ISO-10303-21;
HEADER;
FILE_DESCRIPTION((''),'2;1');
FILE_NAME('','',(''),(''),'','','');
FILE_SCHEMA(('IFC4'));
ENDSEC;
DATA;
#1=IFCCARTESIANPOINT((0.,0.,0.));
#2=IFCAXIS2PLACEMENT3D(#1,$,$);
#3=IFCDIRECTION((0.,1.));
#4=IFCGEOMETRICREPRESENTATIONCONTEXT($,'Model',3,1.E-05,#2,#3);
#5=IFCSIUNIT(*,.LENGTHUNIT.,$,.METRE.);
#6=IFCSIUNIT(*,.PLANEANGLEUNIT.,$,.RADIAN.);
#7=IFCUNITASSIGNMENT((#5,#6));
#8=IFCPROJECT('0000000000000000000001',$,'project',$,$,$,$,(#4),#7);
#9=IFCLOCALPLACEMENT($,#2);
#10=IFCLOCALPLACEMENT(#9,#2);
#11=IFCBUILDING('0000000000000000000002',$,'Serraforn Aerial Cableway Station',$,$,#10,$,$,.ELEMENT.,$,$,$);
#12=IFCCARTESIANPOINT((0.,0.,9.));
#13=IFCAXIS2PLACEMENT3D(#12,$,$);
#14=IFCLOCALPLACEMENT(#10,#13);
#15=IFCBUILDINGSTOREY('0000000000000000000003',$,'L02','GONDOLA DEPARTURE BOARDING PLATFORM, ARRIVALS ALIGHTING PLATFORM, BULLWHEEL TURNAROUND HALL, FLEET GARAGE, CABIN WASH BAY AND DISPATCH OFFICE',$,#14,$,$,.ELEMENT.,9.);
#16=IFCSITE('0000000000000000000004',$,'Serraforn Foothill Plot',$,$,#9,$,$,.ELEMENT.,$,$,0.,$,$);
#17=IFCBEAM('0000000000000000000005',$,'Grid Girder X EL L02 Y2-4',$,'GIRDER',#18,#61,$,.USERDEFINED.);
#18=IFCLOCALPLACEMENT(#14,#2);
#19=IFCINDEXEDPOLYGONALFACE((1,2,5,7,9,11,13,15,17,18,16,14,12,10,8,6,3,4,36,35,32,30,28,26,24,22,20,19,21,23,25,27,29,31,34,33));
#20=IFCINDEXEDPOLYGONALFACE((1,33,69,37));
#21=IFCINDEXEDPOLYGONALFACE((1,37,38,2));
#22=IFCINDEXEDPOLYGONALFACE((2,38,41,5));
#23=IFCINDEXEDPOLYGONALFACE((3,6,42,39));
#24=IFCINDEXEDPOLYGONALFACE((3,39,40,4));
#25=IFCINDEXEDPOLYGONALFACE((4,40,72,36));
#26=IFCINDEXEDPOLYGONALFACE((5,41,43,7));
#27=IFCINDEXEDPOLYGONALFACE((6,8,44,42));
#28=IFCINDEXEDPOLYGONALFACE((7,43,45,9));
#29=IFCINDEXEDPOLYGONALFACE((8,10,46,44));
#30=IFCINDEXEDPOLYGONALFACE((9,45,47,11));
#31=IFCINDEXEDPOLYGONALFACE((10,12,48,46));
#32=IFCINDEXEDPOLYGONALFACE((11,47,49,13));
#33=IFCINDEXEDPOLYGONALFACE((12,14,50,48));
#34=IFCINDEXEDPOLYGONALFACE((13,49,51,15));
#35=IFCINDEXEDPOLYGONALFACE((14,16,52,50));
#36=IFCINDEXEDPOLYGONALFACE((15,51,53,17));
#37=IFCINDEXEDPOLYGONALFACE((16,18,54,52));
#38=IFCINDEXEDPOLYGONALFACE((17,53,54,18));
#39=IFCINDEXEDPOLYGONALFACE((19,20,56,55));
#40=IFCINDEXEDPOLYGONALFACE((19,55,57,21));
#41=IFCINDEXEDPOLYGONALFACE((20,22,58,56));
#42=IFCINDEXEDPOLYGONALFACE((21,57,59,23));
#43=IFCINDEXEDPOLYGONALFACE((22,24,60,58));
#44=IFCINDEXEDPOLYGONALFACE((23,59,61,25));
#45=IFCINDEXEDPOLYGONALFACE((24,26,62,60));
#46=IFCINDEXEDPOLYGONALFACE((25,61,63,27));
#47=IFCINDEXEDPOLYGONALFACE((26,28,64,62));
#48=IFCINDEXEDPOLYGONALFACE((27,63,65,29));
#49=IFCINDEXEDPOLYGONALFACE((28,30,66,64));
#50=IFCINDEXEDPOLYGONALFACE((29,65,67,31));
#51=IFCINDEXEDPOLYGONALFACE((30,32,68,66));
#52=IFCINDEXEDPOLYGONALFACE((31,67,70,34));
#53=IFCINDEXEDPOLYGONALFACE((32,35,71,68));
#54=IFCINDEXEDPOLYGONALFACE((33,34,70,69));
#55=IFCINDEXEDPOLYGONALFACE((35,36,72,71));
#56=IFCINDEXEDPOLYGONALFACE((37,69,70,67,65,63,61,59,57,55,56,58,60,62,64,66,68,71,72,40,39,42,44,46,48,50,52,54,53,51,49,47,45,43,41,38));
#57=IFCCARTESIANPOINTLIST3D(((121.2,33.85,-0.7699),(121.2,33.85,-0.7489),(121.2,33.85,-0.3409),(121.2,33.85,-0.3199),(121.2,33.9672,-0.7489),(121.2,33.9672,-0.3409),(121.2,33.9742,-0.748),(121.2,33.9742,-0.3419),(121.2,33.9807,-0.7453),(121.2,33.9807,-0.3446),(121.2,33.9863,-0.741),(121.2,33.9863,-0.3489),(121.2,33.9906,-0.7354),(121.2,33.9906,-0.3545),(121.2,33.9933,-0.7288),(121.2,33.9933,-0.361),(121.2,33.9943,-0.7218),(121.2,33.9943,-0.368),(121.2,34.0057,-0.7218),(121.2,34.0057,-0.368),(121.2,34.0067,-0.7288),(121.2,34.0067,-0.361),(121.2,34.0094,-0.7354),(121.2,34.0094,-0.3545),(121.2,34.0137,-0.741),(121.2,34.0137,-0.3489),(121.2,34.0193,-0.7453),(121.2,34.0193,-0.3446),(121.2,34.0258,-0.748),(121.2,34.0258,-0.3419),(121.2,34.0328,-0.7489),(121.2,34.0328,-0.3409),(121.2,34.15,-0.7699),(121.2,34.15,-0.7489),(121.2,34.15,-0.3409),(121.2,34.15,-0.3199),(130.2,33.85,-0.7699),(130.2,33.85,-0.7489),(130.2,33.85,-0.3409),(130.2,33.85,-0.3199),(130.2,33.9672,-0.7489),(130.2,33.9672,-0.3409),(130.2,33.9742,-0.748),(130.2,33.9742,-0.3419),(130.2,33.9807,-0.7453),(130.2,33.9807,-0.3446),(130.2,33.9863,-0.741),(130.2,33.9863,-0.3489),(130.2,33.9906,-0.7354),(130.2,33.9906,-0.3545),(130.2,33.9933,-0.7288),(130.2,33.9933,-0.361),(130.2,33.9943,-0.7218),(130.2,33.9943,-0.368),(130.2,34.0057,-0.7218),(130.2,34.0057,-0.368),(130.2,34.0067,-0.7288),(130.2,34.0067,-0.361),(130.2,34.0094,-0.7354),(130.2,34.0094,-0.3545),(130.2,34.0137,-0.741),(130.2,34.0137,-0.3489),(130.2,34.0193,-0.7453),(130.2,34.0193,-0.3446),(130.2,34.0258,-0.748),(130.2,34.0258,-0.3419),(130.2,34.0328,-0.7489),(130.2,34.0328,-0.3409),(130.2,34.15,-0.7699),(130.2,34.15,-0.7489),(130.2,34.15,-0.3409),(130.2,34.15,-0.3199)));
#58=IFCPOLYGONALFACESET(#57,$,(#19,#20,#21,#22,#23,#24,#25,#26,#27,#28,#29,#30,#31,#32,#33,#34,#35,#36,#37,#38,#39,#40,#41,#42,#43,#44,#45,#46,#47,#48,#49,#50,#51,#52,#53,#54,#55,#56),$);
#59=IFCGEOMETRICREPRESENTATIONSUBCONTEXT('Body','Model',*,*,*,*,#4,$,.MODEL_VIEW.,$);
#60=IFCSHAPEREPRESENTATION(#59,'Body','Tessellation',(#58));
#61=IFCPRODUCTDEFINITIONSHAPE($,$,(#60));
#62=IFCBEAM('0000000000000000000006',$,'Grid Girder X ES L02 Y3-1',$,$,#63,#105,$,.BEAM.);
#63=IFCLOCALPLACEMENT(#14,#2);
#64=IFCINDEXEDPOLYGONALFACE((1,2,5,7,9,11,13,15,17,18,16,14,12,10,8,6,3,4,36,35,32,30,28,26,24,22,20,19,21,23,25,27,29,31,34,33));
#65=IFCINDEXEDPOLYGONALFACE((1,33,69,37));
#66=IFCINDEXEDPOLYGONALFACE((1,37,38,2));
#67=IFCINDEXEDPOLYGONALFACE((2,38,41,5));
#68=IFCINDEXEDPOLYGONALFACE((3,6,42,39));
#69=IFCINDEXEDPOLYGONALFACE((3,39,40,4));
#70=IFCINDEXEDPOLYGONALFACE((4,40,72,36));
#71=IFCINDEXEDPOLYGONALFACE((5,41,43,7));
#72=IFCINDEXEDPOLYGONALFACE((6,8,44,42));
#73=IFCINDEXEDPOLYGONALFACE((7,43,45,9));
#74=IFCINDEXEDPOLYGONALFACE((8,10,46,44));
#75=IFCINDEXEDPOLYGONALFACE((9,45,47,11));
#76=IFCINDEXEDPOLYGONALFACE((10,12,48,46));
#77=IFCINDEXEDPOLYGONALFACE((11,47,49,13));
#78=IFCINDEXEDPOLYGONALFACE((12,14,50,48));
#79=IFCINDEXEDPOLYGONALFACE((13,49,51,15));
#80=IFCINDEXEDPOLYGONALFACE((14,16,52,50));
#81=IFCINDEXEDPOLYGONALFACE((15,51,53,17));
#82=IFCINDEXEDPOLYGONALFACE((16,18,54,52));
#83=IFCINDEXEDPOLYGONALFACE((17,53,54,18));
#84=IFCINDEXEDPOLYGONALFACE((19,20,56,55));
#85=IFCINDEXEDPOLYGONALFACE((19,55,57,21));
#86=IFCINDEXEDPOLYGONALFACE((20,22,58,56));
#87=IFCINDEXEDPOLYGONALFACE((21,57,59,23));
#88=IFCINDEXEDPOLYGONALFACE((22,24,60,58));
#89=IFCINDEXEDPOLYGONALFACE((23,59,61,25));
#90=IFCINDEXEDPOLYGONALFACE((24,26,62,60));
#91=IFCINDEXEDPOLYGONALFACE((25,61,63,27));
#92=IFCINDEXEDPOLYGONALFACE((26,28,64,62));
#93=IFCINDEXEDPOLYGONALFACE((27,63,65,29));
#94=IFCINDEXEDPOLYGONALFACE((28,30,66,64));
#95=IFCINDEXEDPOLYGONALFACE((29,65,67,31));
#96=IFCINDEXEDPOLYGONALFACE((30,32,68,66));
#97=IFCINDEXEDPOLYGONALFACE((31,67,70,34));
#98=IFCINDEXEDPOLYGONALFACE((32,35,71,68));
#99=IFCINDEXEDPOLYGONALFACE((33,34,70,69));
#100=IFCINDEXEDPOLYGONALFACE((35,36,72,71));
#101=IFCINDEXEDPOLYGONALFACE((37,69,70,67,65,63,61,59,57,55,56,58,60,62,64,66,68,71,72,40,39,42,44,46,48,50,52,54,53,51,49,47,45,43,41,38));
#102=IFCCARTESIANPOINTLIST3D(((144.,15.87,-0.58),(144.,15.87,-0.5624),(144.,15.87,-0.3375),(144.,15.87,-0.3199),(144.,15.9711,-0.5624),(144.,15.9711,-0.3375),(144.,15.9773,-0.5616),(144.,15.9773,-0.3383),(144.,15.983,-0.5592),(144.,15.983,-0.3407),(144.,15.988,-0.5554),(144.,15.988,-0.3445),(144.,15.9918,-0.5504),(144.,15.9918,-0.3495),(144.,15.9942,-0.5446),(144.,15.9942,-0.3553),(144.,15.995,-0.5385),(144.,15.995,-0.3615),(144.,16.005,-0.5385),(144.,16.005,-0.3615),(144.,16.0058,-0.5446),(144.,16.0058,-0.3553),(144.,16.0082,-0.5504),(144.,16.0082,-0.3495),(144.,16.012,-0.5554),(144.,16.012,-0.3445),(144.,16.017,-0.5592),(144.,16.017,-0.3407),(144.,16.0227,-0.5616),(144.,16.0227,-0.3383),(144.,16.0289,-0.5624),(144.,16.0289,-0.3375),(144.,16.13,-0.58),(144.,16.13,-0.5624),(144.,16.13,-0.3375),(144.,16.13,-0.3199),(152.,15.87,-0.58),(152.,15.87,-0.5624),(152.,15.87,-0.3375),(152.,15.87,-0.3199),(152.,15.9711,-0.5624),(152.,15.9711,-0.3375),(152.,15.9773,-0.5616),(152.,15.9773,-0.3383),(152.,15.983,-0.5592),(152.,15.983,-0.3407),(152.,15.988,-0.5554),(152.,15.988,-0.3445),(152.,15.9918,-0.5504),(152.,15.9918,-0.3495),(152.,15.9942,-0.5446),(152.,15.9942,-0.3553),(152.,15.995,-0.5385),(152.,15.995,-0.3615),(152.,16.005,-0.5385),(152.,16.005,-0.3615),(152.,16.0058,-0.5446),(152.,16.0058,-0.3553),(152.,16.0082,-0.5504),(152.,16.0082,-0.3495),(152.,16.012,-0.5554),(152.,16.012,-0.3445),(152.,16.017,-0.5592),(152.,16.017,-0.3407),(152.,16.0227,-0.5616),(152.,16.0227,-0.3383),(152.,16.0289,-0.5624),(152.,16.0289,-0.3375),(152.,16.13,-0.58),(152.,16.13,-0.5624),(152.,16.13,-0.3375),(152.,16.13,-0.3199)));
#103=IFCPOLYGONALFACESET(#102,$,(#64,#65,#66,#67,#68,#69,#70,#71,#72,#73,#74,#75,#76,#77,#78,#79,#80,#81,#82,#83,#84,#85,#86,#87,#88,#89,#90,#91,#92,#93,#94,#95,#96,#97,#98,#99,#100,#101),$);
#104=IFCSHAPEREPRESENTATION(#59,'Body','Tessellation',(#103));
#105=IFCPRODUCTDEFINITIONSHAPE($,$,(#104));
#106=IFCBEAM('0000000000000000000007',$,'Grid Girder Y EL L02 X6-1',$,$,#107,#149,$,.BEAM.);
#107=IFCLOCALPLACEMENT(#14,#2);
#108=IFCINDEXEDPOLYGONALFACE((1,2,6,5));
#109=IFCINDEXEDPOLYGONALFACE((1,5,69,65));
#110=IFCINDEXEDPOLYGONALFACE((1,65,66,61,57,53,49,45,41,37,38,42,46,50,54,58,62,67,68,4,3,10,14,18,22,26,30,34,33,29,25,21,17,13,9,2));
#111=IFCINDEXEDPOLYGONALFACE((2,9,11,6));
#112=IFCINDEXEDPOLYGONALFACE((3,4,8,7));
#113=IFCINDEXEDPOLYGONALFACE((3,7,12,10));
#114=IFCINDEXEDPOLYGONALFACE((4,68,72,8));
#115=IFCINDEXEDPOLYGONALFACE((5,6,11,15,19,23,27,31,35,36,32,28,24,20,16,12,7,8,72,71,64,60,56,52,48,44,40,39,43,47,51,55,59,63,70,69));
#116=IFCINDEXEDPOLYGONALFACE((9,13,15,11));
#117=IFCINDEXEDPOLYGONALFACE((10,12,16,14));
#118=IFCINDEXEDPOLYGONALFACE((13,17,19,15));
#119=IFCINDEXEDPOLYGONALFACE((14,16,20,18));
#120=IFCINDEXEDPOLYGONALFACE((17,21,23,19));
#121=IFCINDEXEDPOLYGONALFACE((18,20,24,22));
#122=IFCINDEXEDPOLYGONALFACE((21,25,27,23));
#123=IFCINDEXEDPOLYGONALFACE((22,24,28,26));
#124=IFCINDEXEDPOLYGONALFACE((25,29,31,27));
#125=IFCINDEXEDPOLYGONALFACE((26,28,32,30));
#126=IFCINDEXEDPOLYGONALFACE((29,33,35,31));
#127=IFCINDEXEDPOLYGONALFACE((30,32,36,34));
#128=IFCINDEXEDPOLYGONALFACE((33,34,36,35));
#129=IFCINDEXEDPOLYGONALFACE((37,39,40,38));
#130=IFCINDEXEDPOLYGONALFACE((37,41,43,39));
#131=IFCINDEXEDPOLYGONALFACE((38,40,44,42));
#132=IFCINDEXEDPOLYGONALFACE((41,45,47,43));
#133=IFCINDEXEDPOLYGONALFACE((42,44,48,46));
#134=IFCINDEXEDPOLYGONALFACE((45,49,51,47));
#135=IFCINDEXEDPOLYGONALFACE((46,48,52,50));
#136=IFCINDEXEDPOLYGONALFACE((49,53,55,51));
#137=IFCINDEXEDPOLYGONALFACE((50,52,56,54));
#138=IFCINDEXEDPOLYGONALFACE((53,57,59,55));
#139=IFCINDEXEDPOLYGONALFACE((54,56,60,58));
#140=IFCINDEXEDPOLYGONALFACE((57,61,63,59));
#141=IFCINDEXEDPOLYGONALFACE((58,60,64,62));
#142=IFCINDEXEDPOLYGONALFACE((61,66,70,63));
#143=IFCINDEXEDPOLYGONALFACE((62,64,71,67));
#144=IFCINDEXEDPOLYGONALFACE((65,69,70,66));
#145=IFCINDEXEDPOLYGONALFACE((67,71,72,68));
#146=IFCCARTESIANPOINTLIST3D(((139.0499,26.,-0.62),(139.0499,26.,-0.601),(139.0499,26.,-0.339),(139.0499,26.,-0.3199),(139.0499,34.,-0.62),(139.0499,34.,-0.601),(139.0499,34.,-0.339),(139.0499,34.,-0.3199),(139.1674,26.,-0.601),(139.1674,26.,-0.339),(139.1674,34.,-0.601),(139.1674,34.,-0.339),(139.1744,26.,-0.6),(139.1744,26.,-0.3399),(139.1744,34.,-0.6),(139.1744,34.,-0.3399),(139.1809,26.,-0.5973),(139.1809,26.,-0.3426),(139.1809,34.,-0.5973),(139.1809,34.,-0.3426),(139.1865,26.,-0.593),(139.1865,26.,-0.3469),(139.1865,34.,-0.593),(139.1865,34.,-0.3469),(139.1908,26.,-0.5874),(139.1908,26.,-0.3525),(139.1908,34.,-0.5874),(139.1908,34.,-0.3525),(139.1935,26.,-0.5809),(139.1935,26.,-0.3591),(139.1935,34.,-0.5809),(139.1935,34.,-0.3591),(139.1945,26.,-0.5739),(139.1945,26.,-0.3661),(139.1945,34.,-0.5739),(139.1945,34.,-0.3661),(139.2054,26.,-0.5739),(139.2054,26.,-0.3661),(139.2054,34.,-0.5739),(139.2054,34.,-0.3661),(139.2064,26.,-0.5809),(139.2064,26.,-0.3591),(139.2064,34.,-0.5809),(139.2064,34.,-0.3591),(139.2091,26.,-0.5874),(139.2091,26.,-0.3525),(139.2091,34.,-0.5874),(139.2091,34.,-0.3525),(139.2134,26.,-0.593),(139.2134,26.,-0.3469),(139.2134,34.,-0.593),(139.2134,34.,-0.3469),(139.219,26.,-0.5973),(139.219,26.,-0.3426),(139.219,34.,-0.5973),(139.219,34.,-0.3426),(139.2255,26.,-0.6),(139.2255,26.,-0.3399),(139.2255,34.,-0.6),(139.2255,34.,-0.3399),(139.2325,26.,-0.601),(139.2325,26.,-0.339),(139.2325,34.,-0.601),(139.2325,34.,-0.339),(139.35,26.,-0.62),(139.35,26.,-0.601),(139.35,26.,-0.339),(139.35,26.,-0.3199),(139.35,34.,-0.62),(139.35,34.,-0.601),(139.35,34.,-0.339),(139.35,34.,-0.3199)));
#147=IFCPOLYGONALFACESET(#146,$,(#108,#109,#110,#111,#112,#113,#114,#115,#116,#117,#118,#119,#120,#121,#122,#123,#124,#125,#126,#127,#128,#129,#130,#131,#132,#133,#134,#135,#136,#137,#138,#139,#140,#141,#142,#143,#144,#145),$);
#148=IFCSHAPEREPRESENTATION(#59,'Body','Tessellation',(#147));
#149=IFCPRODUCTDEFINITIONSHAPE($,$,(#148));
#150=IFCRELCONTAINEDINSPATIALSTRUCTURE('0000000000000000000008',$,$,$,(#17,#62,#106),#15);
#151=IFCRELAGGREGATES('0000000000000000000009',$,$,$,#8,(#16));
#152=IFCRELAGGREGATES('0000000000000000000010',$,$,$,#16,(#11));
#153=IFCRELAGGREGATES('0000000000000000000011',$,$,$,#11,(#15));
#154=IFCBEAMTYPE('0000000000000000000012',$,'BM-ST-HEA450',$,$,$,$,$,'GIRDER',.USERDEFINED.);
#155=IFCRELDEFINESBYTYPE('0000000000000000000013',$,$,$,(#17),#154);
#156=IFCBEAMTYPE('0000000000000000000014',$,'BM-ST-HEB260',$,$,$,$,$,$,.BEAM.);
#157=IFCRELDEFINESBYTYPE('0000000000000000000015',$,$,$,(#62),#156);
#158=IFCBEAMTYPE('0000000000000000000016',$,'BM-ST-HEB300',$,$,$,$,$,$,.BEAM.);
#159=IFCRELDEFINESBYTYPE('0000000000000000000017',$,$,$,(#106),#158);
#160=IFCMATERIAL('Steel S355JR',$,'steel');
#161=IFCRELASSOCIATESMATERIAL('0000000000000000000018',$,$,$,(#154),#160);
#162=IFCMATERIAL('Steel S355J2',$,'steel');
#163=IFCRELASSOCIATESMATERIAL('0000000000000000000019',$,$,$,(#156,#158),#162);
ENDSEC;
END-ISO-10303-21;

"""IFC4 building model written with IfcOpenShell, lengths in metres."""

from ifc_helpers import new_model, si_unit, direction, frame, origin, origin_2d, place, context, subcontext, project, spatial, i_section, extrude, material, material_profile, profile_set, type_object, element, save


model = new_model("IFC4")

# Units and contexts
model_context = context("Model", 3, precision=1e-05, world=origin(), true_north=direction((0.0, 1.0)))
body_context = subcontext(model_context, "Body", "Model", "MODEL_VIEW")
ifc_project = project(units=[si_unit("LENGTHUNIT", "METRE"), si_unit("PLANEANGLEUNIT", "RADIAN")], contexts=[model_context])

# Site, building, storey
site_placement = place(None, origin())
site = spatial("IfcSite", under=ifc_project, at=site_placement, Name="Serraforn Foothill Plot", CompositionType="ELEMENT", RefElevation=0.0)
building_placement = place(site_placement, origin())
building = spatial("IfcBuilding", under=site, at=building_placement, Name="Serraforn Aerial Cableway Station", CompositionType="ELEMENT")
storey_placement = place(building_placement, frame((0.0, 0.0, 9.0)))
storey = spatial("IfcBuildingStorey", under=building, at=storey_placement, Name="L02", Description="GONDOLA DEPARTURE BOARDING PLATFORM, ARRIVALS ALIGHTING PLATFORM, BULLWHEEL TURNAROUND HALL, FLEET GARAGE, CABIN WASH BAY AND DISPATCH OFFICE", CompositionType="ELEMENT", Elevation=9.0)

# Shared definitions
ifc_material_1 = material(Name="Steel S355J2", Category="steel")

# Beams
ifc_material_2 = material(Name="Steel S355JR", Category="steel")
ifc_material_profile_1 = material_profile(ifc_material_2, i_section(OverallWidth=0.3, OverallDepth=0.45, WebThickness=0.0115, FlangeThickness=0.021, FilletRadius=0.0271, at=origin_2d()), Name="HEA 450")
ifc_profile_set_1 = profile_set([ifc_material_profile_1], Name="Steel S355JR")
beam_type_1 = type_object("IfcBeamType", Name="BM-ST-HEA450", ElementType="GIRDER", PredefinedType="USERDEFINED", material=ifc_profile_set_1)
beam_1_placement = place(storey_placement, frame((121.2, 34.0, -0.5449), z_axis=(1.0, 0.0, 0.0), x_axis=(0.0, 1.0, 0.0)))
element("IfcBeam", 1, at=beam_1_placement, inside=storey, type_object=beam_type_1, Name="Grid Girder X EL L02 Y2-4", ObjectType="GIRDER", PredefinedType="USERDEFINED", context=body_context, shape_type="SweptSolid", body=[
    extrude(i_section(OverallWidth=0.3, OverallDepth=0.45, WebThickness=0.0115, FlangeThickness=0.021, FilletRadius=0.0271, at=origin_2d()), origin(), (0.0, 0.0, 1.0), 9.0),
])
ifc_material_profile_2 = material_profile(ifc_material_1, i_section(OverallWidth=0.26, OverallDepth=0.26, WebThickness=0.01, FlangeThickness=0.0176, FilletRadius=0.0239, at=origin_2d()), Name="HEB 260")
ifc_profile_set_2 = profile_set([ifc_material_profile_2], Name="Steel S355J2")
beam_type_2 = type_object("IfcBeamType", Name="BM-ST-HEB260", PredefinedType="BEAM", material=ifc_profile_set_2)
beam_2_placement = place(storey_placement, frame((144.0, 16.0, -0.45), z_axis=(1.0, 0.0, 0.0), x_axis=(0.0, 1.0, 0.0)))
element("IfcBeam", 2, at=beam_2_placement, inside=storey, type_object=beam_type_2, Name="Grid Girder X ES L02 Y3-1", PredefinedType="BEAM", context=body_context, shape_type="SweptSolid", body=[
    extrude(i_section(OverallWidth=0.26, OverallDepth=0.26, WebThickness=0.01, FlangeThickness=0.0176, FilletRadius=0.0239, at=origin_2d()), origin(), (0.0, 0.0, 1.0), 8.0),
])
ifc_material_profile_3 = material_profile(ifc_material_1, i_section(OverallWidth=0.3, OverallDepth=0.3, WebThickness=0.011, FlangeThickness=0.019, FilletRadius=0.0271, at=origin_2d()), Name="HEB 300")
ifc_profile_set_3 = profile_set([ifc_material_profile_3], Name="Steel S355J2")
beam_type_3 = type_object("IfcBeamType", Name="BM-ST-HEB300", PredefinedType="BEAM", material=ifc_profile_set_3)
beam_3_placement = place(storey_placement, frame((139.2, 26.0, -0.47), z_axis=(0.0, 1.0, 0.0), x_axis=(-1.0, 0.0, 0.0)))
element("IfcBeam", 3, at=beam_3_placement, inside=storey, type_object=beam_type_3, Name="Grid Girder Y EL L02 X6-1", PredefinedType="BEAM", context=body_context, shape_type="SweptSolid", body=[
    extrude(i_section(OverallWidth=0.3, OverallDepth=0.3, WebThickness=0.011, FlangeThickness=0.019, FilletRadius=0.0271, at=origin_2d()), origin(), (0.0, 0.0, 1.0), 8.0),
])

save(model, "model.ifc")
